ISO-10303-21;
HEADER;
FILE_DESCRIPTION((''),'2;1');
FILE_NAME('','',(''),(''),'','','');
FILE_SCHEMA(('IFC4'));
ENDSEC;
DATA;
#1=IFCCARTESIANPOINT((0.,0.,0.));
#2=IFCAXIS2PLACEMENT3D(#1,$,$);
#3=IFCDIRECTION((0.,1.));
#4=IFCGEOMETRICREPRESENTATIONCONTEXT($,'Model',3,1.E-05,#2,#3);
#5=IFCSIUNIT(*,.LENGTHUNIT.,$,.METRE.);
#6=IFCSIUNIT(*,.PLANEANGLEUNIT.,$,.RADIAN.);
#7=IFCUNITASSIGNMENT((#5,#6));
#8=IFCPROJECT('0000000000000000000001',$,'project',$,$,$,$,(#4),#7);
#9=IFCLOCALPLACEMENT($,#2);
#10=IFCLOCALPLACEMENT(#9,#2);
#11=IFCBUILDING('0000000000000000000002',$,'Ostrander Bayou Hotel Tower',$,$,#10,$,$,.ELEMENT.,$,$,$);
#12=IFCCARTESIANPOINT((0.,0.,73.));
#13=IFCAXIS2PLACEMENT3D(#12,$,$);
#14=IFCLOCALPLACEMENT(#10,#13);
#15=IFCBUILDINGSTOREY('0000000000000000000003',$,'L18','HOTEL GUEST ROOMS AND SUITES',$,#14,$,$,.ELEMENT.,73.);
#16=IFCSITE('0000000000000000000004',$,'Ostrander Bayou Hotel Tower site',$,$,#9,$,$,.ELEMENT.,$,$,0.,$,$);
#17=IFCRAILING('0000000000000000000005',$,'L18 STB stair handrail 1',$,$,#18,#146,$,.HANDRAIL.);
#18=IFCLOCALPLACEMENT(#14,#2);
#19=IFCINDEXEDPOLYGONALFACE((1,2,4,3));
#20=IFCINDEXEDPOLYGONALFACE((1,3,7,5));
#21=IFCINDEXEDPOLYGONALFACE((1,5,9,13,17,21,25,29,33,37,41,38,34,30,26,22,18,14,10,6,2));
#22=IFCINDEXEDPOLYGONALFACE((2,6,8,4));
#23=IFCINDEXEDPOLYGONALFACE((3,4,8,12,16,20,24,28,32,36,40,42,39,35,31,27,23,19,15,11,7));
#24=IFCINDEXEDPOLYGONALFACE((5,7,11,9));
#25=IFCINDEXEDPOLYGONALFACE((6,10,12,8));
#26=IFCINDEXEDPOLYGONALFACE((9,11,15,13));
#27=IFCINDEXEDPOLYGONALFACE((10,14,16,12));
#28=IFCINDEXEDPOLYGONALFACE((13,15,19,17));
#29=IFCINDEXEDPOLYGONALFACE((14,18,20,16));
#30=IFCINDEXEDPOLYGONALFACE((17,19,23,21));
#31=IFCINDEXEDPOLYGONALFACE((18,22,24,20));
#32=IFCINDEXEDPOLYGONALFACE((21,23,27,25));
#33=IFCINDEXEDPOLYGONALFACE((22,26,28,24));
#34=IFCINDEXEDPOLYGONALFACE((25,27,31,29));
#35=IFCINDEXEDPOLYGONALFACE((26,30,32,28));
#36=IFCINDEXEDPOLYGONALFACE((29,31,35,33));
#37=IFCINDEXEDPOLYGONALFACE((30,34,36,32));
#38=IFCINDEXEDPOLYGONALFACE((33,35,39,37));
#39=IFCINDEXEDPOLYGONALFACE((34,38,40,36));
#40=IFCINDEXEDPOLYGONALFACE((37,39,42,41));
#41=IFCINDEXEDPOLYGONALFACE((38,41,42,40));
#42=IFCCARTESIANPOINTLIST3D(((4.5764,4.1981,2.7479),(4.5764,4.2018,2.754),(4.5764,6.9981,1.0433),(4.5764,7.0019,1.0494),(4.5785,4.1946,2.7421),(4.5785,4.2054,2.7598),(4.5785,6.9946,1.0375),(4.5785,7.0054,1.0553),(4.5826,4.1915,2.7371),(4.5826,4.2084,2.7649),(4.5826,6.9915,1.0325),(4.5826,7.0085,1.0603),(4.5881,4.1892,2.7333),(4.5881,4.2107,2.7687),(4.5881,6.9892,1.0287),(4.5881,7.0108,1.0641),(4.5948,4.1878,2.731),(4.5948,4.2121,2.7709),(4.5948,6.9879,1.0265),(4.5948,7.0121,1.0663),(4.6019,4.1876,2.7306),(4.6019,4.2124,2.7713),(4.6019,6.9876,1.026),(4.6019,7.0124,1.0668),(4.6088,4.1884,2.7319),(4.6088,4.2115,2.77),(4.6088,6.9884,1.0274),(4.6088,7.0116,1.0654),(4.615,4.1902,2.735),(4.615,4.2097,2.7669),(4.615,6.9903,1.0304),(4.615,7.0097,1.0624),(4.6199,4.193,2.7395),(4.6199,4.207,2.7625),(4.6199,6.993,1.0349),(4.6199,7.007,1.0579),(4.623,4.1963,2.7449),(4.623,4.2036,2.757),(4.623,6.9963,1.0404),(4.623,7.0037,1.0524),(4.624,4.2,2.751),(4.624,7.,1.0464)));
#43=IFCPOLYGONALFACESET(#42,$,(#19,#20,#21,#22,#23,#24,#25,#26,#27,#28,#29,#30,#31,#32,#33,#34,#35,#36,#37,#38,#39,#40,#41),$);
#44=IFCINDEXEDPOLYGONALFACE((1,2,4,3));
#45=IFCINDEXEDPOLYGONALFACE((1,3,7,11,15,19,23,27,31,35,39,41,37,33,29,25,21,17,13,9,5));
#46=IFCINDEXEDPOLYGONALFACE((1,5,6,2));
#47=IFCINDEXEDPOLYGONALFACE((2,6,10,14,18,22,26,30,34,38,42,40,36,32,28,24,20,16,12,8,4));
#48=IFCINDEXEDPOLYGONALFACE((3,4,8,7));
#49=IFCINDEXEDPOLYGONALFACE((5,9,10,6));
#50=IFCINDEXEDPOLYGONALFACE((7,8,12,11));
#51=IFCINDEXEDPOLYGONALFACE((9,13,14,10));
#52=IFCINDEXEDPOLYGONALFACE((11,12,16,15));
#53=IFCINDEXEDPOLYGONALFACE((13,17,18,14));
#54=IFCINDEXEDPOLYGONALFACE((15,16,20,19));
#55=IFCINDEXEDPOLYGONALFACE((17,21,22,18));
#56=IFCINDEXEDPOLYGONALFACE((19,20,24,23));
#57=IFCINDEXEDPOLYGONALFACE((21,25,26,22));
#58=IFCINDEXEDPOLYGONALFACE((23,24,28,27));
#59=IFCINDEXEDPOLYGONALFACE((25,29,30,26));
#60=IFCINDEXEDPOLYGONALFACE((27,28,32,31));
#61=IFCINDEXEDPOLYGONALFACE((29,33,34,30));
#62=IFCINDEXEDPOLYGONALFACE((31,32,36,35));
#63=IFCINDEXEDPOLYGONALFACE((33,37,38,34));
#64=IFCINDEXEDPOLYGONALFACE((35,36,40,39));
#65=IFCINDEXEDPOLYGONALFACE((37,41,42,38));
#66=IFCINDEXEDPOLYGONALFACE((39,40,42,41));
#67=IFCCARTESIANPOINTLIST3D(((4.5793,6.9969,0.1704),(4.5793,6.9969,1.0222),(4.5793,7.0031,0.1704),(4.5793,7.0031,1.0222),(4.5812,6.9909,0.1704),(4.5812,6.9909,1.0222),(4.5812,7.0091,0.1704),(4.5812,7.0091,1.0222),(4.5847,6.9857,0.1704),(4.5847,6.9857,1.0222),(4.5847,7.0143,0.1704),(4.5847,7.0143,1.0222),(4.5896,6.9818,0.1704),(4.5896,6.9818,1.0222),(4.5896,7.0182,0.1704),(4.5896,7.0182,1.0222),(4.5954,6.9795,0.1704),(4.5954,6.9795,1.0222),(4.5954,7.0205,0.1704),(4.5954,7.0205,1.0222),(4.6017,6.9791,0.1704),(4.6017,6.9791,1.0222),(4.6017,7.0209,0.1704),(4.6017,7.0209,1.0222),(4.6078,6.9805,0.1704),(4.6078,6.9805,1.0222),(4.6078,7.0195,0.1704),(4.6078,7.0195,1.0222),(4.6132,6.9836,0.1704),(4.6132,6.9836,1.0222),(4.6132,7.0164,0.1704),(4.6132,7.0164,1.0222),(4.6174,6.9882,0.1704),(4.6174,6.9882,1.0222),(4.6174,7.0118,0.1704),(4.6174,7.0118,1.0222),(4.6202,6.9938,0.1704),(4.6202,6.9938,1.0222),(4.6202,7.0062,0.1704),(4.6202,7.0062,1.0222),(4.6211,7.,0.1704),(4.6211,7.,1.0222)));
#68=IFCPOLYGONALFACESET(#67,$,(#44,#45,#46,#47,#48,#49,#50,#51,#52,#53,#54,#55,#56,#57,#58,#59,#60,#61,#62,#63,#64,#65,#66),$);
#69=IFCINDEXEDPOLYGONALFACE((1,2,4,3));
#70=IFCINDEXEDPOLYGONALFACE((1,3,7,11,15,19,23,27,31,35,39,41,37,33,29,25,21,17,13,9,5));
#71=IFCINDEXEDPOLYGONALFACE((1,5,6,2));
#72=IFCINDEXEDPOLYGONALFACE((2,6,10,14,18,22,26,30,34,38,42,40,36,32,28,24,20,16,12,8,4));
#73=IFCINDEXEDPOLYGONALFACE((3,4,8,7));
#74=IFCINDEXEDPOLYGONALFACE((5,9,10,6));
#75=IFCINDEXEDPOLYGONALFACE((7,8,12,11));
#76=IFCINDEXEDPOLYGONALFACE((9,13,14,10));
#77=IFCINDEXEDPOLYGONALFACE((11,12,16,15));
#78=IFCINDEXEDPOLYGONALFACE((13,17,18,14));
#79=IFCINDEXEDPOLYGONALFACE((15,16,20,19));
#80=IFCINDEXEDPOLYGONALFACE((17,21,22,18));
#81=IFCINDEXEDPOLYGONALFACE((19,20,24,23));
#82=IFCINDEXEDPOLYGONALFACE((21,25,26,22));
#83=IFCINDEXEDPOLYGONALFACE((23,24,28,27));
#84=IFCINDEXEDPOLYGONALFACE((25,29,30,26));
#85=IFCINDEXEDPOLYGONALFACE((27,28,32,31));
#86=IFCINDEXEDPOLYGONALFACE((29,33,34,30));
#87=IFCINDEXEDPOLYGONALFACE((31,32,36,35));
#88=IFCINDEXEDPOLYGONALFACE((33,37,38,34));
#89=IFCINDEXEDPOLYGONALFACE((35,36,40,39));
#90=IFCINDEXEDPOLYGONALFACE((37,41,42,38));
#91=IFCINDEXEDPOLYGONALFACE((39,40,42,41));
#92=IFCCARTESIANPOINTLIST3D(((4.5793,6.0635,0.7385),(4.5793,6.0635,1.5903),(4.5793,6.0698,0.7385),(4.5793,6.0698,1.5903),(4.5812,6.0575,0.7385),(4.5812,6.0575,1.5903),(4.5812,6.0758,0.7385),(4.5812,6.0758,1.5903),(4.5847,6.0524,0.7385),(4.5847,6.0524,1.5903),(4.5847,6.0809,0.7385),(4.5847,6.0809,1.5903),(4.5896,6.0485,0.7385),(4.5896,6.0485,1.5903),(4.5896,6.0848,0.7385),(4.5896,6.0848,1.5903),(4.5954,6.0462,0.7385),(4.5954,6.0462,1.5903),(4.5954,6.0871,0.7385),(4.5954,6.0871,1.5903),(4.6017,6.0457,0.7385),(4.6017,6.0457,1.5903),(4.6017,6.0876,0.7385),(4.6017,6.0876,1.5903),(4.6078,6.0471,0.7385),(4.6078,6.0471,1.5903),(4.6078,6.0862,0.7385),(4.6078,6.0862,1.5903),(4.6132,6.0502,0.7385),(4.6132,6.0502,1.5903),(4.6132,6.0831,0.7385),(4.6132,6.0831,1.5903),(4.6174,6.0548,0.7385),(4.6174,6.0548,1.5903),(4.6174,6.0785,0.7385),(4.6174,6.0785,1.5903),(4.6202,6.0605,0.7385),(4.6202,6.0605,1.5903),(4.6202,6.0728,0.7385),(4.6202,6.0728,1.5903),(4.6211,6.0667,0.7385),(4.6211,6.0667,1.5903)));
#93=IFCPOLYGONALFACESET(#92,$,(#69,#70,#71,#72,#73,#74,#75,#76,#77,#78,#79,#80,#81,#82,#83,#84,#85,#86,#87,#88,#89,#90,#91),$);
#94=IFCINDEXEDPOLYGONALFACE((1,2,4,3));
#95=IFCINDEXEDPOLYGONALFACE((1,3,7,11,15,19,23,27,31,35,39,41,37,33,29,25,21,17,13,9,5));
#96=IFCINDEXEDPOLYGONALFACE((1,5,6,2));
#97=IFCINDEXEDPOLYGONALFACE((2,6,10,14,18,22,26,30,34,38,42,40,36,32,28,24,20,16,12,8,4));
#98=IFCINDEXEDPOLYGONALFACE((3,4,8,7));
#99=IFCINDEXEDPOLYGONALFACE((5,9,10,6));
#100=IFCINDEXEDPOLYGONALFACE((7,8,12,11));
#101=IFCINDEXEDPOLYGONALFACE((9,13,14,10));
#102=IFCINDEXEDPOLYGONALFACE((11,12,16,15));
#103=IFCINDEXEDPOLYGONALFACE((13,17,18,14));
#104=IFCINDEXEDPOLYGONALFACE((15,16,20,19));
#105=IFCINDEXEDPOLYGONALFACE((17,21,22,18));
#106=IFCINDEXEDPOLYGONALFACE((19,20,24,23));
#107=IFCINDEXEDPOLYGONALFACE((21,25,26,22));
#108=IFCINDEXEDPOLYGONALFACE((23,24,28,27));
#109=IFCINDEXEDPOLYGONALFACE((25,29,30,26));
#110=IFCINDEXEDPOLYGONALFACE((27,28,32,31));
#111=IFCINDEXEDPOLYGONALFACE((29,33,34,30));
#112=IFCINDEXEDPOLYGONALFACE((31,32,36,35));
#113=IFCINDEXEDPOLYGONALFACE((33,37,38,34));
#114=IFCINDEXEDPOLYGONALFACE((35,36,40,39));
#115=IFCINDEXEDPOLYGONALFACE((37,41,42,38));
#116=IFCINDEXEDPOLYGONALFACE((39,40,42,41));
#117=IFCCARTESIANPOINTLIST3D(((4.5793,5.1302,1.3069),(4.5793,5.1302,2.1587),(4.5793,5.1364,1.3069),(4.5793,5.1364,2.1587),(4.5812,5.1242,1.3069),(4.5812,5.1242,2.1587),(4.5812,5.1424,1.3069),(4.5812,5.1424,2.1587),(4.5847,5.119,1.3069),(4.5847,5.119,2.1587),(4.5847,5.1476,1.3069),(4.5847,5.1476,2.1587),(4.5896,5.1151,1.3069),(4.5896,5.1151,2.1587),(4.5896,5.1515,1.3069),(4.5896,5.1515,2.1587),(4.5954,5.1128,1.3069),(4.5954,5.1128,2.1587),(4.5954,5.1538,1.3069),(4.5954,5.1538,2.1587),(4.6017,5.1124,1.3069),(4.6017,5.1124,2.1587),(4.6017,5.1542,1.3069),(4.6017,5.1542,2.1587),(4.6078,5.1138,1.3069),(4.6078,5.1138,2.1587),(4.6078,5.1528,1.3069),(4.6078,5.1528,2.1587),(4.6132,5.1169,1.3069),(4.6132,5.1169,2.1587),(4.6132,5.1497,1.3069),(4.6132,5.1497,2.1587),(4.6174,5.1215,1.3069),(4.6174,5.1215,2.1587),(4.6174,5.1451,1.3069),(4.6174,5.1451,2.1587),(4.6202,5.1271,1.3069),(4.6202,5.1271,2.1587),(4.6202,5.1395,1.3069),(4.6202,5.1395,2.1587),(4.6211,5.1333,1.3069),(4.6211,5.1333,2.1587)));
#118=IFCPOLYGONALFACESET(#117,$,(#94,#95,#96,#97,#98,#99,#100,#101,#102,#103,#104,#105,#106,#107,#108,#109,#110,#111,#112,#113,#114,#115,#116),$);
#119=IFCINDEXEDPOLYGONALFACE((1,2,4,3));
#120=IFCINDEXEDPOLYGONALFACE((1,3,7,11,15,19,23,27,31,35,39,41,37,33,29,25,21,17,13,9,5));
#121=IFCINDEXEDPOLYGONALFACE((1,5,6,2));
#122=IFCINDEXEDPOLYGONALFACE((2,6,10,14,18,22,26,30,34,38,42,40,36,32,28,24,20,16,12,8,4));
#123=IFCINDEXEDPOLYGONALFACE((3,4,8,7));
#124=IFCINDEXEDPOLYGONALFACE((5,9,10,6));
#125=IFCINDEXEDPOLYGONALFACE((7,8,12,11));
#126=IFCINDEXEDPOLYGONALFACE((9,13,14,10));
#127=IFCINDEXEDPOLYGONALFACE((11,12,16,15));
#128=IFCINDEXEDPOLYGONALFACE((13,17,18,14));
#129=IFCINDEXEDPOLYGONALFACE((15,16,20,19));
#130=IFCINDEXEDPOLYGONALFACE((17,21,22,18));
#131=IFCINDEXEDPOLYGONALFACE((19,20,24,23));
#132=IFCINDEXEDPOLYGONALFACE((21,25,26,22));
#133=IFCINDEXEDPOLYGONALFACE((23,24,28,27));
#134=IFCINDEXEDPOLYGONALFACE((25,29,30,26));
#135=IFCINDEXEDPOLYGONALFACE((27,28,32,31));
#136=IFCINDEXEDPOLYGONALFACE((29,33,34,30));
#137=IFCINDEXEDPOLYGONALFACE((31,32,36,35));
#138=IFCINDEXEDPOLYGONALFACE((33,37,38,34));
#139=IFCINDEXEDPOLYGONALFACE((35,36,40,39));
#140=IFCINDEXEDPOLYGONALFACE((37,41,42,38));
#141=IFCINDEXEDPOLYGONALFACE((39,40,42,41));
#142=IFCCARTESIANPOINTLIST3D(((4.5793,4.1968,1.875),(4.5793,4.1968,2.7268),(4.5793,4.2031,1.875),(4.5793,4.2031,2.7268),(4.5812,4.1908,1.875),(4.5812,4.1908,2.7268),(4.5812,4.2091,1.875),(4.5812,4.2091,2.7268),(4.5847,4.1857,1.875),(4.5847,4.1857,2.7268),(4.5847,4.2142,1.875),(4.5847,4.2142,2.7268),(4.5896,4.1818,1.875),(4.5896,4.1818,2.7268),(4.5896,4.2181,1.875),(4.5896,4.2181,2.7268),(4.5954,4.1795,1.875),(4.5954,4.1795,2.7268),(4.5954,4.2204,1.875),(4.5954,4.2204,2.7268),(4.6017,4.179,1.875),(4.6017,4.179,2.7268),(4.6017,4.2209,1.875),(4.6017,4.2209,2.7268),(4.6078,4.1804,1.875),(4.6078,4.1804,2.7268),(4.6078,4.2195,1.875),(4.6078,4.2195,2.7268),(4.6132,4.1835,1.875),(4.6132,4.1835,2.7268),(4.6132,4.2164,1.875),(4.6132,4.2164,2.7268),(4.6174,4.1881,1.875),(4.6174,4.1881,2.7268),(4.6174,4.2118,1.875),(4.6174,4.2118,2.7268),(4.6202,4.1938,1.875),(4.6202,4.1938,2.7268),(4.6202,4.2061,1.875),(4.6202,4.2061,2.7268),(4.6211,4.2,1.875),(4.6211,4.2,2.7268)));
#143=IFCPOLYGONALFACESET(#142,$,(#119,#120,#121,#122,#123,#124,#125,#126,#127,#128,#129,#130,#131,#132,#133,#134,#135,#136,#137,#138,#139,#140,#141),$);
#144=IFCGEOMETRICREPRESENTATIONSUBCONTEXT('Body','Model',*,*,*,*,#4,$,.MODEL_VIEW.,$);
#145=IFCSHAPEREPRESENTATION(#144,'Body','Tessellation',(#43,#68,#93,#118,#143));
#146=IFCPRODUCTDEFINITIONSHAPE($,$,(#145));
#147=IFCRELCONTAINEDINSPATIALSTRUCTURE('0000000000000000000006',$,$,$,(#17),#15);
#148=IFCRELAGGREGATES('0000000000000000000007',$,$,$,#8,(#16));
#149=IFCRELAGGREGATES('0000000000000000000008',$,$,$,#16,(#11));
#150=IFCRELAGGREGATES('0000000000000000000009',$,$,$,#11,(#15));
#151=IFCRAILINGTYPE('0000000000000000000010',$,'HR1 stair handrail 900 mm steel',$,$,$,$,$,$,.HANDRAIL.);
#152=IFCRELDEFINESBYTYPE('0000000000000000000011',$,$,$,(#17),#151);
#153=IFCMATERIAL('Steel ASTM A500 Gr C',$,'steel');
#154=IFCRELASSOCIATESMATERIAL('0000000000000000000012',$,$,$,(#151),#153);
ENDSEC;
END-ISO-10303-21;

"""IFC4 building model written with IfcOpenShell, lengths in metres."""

from ifc_helpers import new_model, si_unit, direction, frame, origin, origin_2d, place, context, subcontext, project, spatial, circle, extrude, material, type_object, element, save


model = new_model("IFC4")

# Units and contexts
model_context = context("Model", 3, precision=1e-05, world=origin(), true_north=direction((0.0, 1.0)))
body_context = subcontext(model_context, "Body", "Model", "MODEL_VIEW")
ifc_project = project(units=[si_unit("LENGTHUNIT", "METRE"), si_unit("PLANEANGLEUNIT", "RADIAN")], contexts=[model_context])

# Site, building, storey
site_placement = place(None, origin())
site = spatial("IfcSite", under=ifc_project, at=site_placement, Name="Ostrander Bayou Hotel Tower site", CompositionType="ELEMENT", RefElevation=0.0)
building_placement = place(site_placement, origin())
building = spatial("IfcBuilding", under=site, at=building_placement, Name="Ostrander Bayou Hotel Tower", CompositionType="ELEMENT")
storey_placement = place(building_placement, frame((0.0, 0.0, 73.0)))
storey = spatial("IfcBuildingStorey", under=building, at=storey_placement, Name="L18", Description="HOTEL GUEST ROOMS AND SUITES", CompositionType="ELEMENT", Elevation=73.0)

# Railing
ifc_material_1 = material(Name="Steel ASTM A500 Gr C", Category="steel")
railing_type_1 = type_object("IfcRailingType", Name="HR1 stair handrail 900 mm steel", PredefinedType="HANDRAIL", material=ifc_material_1)
railing_1_placement = place(storey_placement, frame((4.6001, 7.0, 0.1704)))
element("IfcRailing", 1, at=railing_1_placement, inside=storey, type_object=railing_type_1, Name="L18 STB stair handrail 1", PredefinedType="HANDRAIL", context=body_context, shape_type="SweptSolid", body=[
    extrude(circle(Radius=0.0239, at=origin_2d()), frame((0.0, 0.0, 0.876), z_axis=(0.0, -0.85417, 0.519994), x_axis=(1.0, 0.0, 0.0)), (0.0, 0.0, 1.0), 3.2781),
    extrude(circle(Radius=0.021, at=origin_2d()), origin(), (0.0, 0.0, 1.0), 0.8518),
    extrude(circle(Radius=0.021, at=origin_2d()), frame((0.0, -0.9333, 0.5681)), (0.0, 0.0, 1.0), 0.8518),
    extrude(circle(Radius=0.021, at=origin_2d()), frame((0.0, -1.8667, 1.1365)), (0.0, 0.0, 1.0), 0.8518),
    extrude(circle(Radius=0.021, at=origin_2d()), frame((0.0, -2.8, 1.7046)), (0.0, 0.0, 1.0), 0.8518),
])

save(model, "model.ifc")
